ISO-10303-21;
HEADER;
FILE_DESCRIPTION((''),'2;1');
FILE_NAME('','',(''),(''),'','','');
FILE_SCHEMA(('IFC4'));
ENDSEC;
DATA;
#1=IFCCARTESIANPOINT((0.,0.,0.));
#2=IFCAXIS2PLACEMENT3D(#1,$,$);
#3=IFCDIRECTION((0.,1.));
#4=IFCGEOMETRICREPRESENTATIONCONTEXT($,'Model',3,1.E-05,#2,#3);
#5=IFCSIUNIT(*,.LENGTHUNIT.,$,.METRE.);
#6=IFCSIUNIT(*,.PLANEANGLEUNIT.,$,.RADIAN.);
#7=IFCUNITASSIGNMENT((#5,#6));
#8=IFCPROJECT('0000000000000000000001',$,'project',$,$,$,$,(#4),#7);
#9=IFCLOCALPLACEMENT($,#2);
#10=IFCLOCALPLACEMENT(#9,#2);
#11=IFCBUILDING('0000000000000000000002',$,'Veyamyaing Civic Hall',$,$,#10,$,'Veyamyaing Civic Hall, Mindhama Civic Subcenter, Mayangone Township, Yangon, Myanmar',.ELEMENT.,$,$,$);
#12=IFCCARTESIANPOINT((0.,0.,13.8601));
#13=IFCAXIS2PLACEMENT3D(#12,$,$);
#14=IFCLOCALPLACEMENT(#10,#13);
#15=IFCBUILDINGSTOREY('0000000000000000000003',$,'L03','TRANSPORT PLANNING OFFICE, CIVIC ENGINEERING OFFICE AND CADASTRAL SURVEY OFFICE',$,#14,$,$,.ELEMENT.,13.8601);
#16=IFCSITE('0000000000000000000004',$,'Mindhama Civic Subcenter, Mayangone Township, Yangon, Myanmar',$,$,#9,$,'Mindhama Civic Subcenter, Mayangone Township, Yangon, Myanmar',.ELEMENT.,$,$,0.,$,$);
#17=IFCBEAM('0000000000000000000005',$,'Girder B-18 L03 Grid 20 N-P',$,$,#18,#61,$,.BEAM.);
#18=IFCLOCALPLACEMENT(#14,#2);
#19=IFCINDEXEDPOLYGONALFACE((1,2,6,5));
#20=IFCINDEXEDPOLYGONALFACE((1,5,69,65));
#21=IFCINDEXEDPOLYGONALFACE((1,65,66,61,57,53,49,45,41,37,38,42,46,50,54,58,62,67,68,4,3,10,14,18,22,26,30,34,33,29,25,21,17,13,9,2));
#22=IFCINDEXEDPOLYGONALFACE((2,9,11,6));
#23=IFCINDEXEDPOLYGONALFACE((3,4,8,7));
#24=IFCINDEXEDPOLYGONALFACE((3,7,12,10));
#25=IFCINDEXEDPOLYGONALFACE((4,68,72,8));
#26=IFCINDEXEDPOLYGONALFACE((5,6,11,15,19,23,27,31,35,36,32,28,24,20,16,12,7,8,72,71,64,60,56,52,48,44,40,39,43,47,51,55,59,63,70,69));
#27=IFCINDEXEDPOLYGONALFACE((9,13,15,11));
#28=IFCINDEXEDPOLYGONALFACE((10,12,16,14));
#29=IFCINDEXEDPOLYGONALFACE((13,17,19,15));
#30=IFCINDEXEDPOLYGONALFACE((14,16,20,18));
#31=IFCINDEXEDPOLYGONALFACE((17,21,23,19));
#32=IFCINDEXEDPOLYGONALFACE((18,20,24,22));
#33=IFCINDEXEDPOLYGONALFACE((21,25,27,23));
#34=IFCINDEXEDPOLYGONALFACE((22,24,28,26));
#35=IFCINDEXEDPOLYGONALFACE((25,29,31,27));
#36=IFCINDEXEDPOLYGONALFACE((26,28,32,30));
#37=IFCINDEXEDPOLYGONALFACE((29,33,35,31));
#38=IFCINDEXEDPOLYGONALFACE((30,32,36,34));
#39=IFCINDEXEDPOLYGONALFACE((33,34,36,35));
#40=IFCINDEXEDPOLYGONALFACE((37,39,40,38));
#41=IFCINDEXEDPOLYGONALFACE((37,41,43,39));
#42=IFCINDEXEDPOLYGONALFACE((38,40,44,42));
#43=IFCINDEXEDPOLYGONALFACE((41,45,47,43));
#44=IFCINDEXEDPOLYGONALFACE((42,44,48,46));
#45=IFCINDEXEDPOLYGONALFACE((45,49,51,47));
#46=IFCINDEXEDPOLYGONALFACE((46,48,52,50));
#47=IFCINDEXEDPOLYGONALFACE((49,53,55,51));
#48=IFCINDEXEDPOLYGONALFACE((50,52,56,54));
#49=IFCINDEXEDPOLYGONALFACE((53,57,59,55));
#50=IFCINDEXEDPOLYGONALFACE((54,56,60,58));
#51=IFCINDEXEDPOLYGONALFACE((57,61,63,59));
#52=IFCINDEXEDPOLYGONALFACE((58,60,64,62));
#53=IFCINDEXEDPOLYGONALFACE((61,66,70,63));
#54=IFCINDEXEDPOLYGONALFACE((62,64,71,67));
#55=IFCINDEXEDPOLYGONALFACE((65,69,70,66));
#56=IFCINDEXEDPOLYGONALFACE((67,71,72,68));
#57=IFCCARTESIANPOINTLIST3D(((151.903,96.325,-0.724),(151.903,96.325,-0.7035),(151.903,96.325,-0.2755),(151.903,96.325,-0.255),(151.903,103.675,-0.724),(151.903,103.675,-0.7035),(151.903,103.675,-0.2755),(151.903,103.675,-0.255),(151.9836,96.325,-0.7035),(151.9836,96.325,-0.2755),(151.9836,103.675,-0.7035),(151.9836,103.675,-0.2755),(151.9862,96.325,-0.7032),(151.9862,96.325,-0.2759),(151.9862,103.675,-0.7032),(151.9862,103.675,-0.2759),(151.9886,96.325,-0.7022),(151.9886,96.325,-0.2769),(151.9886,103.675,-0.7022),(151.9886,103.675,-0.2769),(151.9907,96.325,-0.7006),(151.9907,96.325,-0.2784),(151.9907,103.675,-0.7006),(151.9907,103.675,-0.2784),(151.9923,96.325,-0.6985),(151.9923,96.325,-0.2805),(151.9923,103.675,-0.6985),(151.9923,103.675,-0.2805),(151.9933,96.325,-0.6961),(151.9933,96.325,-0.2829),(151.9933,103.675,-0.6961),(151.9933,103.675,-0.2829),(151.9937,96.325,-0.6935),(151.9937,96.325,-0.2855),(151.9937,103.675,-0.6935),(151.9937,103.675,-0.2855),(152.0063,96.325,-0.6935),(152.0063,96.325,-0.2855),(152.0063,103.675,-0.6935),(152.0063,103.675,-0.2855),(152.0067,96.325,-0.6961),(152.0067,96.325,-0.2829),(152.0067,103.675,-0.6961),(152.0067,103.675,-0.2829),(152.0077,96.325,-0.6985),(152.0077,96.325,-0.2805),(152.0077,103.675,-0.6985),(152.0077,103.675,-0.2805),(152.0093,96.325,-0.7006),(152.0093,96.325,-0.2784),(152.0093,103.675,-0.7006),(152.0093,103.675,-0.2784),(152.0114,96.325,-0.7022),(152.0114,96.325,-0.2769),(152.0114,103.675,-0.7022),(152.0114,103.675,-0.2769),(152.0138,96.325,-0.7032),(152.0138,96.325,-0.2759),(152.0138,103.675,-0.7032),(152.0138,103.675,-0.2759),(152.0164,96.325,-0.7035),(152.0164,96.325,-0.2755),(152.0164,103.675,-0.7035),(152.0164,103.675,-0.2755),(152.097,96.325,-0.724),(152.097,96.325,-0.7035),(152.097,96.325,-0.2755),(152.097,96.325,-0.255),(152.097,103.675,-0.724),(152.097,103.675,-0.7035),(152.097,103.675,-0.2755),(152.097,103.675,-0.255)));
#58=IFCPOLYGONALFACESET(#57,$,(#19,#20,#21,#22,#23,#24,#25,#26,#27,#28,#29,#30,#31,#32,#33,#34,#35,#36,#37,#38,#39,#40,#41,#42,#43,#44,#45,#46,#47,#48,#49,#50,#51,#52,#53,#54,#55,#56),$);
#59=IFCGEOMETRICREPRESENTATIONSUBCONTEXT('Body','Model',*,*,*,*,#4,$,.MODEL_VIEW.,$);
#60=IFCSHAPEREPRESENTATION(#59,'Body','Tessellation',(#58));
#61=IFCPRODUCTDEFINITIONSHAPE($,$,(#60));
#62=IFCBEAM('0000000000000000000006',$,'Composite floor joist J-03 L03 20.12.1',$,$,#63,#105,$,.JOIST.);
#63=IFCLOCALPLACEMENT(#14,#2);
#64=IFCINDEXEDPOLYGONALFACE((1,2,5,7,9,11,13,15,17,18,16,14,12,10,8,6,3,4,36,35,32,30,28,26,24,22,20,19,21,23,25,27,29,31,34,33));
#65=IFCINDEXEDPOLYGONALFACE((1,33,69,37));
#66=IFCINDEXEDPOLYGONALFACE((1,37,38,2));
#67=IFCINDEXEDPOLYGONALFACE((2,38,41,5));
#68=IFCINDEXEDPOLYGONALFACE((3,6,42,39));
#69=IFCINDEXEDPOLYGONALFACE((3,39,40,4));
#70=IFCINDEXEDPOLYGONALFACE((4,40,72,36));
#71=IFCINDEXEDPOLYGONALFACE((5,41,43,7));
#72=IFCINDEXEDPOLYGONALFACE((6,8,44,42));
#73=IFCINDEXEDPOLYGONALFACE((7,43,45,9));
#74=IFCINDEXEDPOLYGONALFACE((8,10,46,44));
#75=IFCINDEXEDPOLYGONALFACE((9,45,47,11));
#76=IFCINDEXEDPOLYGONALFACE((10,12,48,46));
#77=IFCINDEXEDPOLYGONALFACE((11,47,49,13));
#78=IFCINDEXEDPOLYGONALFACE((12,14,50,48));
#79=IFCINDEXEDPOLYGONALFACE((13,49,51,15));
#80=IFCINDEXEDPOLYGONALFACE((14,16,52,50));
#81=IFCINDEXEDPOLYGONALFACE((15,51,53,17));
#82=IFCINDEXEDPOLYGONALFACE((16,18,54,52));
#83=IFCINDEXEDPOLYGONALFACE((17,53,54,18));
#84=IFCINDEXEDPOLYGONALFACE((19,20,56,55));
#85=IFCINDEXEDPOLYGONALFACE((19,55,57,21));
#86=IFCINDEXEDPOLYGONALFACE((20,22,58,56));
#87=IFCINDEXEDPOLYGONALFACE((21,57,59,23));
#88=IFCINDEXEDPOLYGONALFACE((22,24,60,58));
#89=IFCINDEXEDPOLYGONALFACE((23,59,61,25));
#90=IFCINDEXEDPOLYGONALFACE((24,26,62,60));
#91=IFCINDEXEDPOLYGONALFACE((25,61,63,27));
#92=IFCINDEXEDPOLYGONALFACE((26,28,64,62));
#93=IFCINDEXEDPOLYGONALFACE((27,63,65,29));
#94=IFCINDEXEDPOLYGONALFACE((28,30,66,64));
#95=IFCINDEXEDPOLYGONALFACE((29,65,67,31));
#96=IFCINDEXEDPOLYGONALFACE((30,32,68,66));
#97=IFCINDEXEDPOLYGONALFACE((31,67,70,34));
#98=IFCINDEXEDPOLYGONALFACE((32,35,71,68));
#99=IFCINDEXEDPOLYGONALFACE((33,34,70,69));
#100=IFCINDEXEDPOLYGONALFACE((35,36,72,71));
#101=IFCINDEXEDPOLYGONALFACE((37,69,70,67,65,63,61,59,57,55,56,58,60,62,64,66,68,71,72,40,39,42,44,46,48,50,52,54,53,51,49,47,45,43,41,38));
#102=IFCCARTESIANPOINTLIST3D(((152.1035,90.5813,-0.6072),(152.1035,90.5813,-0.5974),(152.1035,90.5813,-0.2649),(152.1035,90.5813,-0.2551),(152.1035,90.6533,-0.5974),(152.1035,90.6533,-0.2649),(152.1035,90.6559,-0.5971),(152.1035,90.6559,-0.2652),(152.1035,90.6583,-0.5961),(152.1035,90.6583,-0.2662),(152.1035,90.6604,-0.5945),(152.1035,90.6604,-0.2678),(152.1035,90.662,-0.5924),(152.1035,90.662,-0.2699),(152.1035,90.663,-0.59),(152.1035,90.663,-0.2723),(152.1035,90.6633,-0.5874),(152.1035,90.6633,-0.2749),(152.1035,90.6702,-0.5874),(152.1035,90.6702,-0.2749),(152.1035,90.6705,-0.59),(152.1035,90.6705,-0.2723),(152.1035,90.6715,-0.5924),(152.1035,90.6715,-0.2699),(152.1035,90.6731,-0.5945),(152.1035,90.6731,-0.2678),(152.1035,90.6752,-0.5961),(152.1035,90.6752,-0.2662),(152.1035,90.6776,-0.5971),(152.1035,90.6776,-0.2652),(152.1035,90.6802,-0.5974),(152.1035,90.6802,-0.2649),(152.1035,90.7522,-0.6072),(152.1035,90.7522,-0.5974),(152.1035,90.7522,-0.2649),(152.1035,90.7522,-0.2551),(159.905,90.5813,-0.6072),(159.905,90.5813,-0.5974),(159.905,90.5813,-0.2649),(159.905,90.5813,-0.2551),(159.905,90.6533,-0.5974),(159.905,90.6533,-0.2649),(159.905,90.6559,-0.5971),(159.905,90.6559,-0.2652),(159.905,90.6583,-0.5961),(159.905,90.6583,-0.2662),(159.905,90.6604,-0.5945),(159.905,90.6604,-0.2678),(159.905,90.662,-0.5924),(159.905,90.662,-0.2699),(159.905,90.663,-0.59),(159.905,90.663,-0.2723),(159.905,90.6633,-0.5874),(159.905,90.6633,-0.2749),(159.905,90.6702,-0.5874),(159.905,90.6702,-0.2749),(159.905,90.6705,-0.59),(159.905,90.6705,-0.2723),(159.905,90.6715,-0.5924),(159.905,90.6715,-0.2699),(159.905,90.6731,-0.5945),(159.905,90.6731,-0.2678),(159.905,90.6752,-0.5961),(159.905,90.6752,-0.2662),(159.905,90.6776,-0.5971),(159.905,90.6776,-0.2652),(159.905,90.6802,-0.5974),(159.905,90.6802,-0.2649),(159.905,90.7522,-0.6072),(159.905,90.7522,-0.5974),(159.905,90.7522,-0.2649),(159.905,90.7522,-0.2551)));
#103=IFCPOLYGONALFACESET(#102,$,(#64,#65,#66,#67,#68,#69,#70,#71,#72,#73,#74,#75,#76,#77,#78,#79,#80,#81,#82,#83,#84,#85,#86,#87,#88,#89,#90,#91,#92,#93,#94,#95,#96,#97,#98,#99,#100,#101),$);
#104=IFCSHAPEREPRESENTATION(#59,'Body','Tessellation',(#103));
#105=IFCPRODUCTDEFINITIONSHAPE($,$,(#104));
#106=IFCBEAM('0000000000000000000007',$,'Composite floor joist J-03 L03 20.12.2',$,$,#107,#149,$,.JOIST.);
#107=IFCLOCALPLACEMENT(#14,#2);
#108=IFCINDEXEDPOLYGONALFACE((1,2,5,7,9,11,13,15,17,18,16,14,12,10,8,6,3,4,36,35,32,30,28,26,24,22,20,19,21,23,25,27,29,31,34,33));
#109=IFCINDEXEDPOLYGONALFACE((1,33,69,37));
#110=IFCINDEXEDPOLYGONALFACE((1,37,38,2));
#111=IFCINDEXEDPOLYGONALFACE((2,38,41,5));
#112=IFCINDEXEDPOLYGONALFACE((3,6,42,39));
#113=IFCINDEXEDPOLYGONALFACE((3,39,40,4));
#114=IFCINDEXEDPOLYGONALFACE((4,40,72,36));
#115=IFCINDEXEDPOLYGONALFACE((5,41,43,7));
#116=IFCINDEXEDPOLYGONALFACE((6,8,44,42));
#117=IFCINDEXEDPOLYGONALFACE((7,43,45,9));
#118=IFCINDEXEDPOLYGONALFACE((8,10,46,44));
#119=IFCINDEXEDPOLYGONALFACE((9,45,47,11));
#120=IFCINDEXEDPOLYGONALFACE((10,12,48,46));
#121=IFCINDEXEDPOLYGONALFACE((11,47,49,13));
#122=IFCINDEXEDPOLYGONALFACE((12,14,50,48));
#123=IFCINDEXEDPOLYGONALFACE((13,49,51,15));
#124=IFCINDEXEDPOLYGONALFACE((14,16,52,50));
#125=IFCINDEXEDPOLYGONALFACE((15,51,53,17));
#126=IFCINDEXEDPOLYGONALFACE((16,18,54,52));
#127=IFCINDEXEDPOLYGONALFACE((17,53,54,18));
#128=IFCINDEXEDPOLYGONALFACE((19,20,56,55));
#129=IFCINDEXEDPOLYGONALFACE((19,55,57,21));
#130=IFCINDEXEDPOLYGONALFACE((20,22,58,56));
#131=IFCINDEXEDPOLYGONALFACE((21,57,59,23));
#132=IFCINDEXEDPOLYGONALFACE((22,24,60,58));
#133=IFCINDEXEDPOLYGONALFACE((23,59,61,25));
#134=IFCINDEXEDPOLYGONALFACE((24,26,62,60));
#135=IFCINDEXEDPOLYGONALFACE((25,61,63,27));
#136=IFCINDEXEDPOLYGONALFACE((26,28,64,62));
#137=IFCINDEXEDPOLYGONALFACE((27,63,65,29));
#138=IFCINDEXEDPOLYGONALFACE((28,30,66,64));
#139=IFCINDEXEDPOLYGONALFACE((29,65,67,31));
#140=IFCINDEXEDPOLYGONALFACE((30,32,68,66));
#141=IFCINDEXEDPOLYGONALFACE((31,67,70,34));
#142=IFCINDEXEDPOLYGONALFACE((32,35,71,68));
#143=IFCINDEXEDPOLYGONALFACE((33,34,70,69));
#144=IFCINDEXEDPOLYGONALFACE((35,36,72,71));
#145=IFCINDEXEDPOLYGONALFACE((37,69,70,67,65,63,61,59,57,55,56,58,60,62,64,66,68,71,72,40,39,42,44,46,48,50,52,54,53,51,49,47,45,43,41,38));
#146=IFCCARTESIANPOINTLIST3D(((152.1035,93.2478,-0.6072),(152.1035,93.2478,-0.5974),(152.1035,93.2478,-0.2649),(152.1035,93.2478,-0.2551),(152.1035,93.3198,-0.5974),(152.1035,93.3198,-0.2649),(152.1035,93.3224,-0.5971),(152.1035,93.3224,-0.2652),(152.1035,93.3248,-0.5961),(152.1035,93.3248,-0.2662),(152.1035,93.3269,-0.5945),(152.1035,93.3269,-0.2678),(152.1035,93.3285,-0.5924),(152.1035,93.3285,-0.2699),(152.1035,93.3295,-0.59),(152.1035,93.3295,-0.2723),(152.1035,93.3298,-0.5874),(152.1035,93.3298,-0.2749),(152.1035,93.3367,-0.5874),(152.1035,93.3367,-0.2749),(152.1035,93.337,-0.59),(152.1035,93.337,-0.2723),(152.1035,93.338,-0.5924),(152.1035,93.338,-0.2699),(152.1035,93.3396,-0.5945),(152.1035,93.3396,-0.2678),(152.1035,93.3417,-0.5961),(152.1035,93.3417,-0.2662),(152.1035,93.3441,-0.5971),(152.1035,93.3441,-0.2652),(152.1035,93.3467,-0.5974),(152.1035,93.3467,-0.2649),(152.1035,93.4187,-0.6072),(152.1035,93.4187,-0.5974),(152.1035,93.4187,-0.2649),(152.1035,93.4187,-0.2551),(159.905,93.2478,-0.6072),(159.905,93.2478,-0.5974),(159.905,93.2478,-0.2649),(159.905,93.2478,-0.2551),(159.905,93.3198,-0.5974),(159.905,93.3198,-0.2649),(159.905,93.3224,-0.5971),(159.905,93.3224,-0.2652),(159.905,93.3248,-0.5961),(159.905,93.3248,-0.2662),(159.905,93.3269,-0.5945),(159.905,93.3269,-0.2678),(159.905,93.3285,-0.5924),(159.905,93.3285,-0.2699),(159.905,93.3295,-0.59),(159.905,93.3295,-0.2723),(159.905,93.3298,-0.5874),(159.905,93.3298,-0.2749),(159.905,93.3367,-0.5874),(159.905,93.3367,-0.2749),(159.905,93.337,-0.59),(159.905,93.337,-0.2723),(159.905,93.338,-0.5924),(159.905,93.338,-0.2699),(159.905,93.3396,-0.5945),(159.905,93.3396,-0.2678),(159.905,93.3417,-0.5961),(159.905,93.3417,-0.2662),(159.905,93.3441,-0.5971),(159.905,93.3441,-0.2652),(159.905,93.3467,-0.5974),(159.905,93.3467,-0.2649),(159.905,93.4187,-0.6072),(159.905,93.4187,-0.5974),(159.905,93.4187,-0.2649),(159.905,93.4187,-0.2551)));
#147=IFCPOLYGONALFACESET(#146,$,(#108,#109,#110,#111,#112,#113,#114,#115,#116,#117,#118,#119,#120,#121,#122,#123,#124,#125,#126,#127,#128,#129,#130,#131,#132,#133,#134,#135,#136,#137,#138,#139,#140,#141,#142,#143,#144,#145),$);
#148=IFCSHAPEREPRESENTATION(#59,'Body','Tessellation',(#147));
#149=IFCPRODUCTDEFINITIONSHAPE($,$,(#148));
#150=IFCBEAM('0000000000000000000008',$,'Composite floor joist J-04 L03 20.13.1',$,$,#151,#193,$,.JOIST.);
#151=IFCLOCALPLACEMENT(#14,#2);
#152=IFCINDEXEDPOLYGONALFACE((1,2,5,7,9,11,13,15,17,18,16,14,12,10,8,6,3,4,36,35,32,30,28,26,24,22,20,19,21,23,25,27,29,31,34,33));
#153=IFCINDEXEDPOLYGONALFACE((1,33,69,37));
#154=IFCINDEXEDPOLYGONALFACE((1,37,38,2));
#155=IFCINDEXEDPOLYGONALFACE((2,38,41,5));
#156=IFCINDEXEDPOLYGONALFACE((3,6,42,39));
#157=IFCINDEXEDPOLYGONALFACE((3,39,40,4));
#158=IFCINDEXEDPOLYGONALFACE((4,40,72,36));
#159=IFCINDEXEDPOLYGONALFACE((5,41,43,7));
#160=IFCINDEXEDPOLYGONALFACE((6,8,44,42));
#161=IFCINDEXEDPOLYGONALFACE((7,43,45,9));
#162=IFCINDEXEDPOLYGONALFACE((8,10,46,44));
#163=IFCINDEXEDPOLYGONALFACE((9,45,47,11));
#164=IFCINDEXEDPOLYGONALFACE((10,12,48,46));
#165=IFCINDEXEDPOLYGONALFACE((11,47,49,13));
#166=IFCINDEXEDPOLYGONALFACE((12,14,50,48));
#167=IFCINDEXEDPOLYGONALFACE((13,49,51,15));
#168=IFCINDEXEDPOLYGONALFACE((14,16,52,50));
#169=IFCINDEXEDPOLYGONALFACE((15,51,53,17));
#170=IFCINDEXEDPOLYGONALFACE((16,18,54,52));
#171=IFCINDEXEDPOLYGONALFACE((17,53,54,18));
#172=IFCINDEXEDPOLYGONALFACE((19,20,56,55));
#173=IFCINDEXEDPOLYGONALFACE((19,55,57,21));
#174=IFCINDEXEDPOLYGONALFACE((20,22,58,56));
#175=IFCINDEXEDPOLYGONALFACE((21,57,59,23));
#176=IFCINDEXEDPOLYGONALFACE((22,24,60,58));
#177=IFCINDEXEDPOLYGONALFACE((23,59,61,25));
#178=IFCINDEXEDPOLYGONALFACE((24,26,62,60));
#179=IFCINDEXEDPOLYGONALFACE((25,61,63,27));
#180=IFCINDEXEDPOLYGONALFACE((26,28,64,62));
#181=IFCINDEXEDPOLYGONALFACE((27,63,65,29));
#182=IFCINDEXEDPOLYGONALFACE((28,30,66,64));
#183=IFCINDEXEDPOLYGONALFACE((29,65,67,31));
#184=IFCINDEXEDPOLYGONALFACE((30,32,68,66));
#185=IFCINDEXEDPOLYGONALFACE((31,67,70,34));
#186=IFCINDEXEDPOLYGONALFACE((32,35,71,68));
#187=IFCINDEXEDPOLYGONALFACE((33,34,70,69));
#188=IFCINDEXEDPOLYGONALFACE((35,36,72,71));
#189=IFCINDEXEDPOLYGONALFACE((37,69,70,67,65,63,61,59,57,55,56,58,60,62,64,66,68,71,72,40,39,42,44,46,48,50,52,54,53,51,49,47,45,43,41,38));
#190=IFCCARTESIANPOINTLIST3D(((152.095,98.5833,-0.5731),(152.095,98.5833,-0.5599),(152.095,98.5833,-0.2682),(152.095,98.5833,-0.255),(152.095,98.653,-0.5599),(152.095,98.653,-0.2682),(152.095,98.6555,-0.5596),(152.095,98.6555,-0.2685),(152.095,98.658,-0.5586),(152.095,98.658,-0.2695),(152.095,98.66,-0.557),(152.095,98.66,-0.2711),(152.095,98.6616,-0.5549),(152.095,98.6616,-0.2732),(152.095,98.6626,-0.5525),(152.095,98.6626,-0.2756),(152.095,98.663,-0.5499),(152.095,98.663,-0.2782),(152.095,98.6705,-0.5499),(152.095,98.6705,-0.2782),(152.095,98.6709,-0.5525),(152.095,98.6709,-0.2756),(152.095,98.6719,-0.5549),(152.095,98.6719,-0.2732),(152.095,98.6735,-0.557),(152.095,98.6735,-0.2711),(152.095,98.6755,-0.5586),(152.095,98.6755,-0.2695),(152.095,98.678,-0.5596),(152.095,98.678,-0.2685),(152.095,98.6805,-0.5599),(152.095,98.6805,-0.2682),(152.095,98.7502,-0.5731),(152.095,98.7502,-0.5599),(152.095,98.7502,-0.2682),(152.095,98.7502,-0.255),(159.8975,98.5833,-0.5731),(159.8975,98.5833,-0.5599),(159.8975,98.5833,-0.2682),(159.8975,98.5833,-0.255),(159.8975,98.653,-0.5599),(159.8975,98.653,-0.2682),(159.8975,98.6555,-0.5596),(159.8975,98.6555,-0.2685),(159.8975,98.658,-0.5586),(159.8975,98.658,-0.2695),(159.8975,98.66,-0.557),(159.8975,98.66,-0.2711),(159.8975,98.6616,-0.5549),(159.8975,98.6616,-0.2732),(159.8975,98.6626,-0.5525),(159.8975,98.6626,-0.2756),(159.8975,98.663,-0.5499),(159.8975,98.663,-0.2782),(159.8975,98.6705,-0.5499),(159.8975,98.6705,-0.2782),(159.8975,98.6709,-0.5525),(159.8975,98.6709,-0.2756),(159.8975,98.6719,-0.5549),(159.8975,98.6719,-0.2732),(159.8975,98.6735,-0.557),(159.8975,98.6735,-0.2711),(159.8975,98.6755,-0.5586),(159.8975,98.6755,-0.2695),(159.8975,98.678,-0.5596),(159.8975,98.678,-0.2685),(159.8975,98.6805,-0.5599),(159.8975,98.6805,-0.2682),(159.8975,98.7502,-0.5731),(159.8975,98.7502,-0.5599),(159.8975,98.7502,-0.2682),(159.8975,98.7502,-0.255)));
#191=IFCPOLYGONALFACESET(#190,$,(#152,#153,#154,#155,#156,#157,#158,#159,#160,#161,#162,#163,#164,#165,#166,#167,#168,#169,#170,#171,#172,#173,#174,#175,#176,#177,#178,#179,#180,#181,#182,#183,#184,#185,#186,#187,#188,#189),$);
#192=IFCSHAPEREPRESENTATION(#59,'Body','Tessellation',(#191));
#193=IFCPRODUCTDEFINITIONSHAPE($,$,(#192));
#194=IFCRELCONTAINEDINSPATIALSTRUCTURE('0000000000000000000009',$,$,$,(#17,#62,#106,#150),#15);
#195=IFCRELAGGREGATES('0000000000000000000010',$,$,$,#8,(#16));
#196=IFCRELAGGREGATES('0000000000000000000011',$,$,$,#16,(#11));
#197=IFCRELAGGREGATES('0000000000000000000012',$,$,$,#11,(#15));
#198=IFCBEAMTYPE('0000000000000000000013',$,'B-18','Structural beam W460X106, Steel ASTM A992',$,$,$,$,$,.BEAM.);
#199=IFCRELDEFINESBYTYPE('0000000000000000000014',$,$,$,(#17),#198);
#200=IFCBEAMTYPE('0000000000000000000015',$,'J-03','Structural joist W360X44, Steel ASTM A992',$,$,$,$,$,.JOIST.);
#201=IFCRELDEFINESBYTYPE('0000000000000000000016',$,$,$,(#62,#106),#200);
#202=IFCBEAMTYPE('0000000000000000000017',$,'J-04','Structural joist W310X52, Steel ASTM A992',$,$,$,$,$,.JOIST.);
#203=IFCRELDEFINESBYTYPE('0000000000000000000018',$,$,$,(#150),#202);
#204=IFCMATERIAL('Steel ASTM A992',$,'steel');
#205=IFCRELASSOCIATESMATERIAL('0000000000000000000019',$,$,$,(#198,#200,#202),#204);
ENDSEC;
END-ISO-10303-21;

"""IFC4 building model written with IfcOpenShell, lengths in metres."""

from ifc_helpers import new_model, si_unit, direction, frame, origin, origin_2d, place, context, subcontext, project, spatial, i_section, extrude, material, material_profile, profile_set, type_object, element, save


model = new_model("IFC4")

# Units and contexts
model_context = context("Model", 3, precision=1e-05, world=origin(), true_north=direction((0.0, 1.0)))
body_context = subcontext(model_context, "Body", "Model", "MODEL_VIEW")
ifc_project = project(units=[si_unit("LENGTHUNIT", "METRE"), si_unit("PLANEANGLEUNIT", "RADIAN")], contexts=[model_context])

# Site, building, storey
site_placement = place(None, origin())
site = spatial("IfcSite", under=ifc_project, at=site_placement, Name="Mindhama Civic Subcenter, Mayangone Township, Yangon, Myanmar", LongName="Mindhama Civic Subcenter, Mayangone Township, Yangon, Myanmar", CompositionType="ELEMENT", RefElevation=0.0)
building_placement = place(site_placement, origin())
building = spatial("IfcBuilding", under=site, at=building_placement, Name="Veyamyaing Civic Hall", LongName="Veyamyaing Civic Hall, Mindhama Civic Subcenter, Mayangone Township, Yangon, Myanmar", CompositionType="ELEMENT")
storey_placement = place(building_placement, frame((0.0, 0.0, 13.8601)))
storey = spatial("IfcBuildingStorey", under=building, at=storey_placement, Name="L03", Description="TRANSPORT PLANNING OFFICE, CIVIC ENGINEERING OFFICE AND CADASTRAL SURVEY OFFICE", CompositionType="ELEMENT", Elevation=13.8601)

# Beams
ifc_material_1 = material(Name="Steel ASTM A992", Category="steel")
ifc_material_profile_1 = material_profile(ifc_material_1, i_section(OverallWidth=0.1941, OverallDepth=0.469, WebThickness=0.0127, FlangeThickness=0.0205, FilletRadius=0.01, at=origin_2d()), Name="W460X106")
ifc_profile_set_1 = profile_set([ifc_material_profile_1], Name="Steel ASTM A992")
beam_type_1 = type_object("IfcBeamType", Name="B-18", Description="Structural beam W460X106, Steel ASTM A992", PredefinedType="BEAM", material=ifc_profile_set_1)
beam_1_placement = place(storey_placement, frame((152.0, 96.325, -0.4895), z_axis=(0.0, 1.0, 0.0), x_axis=(-1.0, 0.0, 0.0)))
element("IfcBeam", 1, at=beam_1_placement, inside=storey, type_object=beam_type_1, Name="Girder B-18 L03 Grid 20 N-P", PredefinedType="BEAM", context=body_context, shape_type="SweptSolid", body=[
    extrude(i_section(OverallWidth=0.1941, OverallDepth=0.469, WebThickness=0.0127, FlangeThickness=0.0205, FilletRadius=0.01, at=origin_2d()), origin(), (0.0, 0.0, 1.0), 7.3501),
])
ifc_material_profile_2 = material_profile(ifc_material_1, i_section(OverallWidth=0.1709, OverallDepth=0.3521, WebThickness=0.0068, FlangeThickness=0.0098, FilletRadius=0.01, at=origin_2d()), Name="W360X44")
ifc_profile_set_2 = profile_set([ifc_material_profile_2], Name="Steel ASTM A992")
beam_type_2 = type_object("IfcBeamType", Name="J-03", Description="Structural joist W360X44, Steel ASTM A992", PredefinedType="JOIST", material=ifc_profile_set_2)
for number, where, z_axis, x_axis, name in (
    (2, (152.1035, 90.6667, -0.4312), (1.0, 0.0, 0.0), (0.0, 1.0, 0.0), "Composite floor joist J-03 L03 20.12.1"),
    (3, (152.1035, 93.3333, -0.4312), (1.0, 0.0, 0.0), (0.0, 1.0, 0.0), "Composite floor joist J-03 L03 20.12.2"),
):
    element("IfcBeam", number, at=place(storey_placement, frame(where, z_axis=z_axis, x_axis=x_axis)), inside=storey, type_object=beam_type_2, Name=name, PredefinedType="JOIST", context=body_context, shape_type="SweptSolid", body=[
        extrude(i_section(OverallWidth=0.1709, OverallDepth=0.3521, WebThickness=0.0068, FlangeThickness=0.0098, FilletRadius=0.01, at=origin_2d()), origin(), (0.0, 0.0, 1.0), 7.8015),
    ])
ifc_material_profile_3 = material_profile(ifc_material_1, i_section(OverallWidth=0.167, OverallDepth=0.3181, WebThickness=0.0076, FlangeThickness=0.0132, FilletRadius=0.01, at=origin_2d()), Name="W310X52")
ifc_profile_set_3 = profile_set([ifc_material_profile_3], Name="Steel ASTM A992")
beam_type_3 = type_object("IfcBeamType", Name="J-04", Description="Structural joist W310X52, Steel ASTM A992", PredefinedType="JOIST", material=ifc_profile_set_3)
beam_2_placement = place(storey_placement, frame((152.095, 98.6667, -0.4141), z_axis=(1.0, 0.0, 0.0), x_axis=(0.0, 1.0, 0.0)))
element("IfcBeam", 4, at=beam_2_placement, inside=storey, type_object=beam_type_3, Name="Composite floor joist J-04 L03 20.13.1", PredefinedType="JOIST", context=body_context, shape_type="SweptSolid", body=[
    extrude(i_section(OverallWidth=0.167, OverallDepth=0.3181, WebThickness=0.0076, FlangeThickness=0.0132, FilletRadius=0.01, at=origin_2d()), origin(), (0.0, 0.0, 1.0), 7.8025),
])

save(model, "model.ifc")
